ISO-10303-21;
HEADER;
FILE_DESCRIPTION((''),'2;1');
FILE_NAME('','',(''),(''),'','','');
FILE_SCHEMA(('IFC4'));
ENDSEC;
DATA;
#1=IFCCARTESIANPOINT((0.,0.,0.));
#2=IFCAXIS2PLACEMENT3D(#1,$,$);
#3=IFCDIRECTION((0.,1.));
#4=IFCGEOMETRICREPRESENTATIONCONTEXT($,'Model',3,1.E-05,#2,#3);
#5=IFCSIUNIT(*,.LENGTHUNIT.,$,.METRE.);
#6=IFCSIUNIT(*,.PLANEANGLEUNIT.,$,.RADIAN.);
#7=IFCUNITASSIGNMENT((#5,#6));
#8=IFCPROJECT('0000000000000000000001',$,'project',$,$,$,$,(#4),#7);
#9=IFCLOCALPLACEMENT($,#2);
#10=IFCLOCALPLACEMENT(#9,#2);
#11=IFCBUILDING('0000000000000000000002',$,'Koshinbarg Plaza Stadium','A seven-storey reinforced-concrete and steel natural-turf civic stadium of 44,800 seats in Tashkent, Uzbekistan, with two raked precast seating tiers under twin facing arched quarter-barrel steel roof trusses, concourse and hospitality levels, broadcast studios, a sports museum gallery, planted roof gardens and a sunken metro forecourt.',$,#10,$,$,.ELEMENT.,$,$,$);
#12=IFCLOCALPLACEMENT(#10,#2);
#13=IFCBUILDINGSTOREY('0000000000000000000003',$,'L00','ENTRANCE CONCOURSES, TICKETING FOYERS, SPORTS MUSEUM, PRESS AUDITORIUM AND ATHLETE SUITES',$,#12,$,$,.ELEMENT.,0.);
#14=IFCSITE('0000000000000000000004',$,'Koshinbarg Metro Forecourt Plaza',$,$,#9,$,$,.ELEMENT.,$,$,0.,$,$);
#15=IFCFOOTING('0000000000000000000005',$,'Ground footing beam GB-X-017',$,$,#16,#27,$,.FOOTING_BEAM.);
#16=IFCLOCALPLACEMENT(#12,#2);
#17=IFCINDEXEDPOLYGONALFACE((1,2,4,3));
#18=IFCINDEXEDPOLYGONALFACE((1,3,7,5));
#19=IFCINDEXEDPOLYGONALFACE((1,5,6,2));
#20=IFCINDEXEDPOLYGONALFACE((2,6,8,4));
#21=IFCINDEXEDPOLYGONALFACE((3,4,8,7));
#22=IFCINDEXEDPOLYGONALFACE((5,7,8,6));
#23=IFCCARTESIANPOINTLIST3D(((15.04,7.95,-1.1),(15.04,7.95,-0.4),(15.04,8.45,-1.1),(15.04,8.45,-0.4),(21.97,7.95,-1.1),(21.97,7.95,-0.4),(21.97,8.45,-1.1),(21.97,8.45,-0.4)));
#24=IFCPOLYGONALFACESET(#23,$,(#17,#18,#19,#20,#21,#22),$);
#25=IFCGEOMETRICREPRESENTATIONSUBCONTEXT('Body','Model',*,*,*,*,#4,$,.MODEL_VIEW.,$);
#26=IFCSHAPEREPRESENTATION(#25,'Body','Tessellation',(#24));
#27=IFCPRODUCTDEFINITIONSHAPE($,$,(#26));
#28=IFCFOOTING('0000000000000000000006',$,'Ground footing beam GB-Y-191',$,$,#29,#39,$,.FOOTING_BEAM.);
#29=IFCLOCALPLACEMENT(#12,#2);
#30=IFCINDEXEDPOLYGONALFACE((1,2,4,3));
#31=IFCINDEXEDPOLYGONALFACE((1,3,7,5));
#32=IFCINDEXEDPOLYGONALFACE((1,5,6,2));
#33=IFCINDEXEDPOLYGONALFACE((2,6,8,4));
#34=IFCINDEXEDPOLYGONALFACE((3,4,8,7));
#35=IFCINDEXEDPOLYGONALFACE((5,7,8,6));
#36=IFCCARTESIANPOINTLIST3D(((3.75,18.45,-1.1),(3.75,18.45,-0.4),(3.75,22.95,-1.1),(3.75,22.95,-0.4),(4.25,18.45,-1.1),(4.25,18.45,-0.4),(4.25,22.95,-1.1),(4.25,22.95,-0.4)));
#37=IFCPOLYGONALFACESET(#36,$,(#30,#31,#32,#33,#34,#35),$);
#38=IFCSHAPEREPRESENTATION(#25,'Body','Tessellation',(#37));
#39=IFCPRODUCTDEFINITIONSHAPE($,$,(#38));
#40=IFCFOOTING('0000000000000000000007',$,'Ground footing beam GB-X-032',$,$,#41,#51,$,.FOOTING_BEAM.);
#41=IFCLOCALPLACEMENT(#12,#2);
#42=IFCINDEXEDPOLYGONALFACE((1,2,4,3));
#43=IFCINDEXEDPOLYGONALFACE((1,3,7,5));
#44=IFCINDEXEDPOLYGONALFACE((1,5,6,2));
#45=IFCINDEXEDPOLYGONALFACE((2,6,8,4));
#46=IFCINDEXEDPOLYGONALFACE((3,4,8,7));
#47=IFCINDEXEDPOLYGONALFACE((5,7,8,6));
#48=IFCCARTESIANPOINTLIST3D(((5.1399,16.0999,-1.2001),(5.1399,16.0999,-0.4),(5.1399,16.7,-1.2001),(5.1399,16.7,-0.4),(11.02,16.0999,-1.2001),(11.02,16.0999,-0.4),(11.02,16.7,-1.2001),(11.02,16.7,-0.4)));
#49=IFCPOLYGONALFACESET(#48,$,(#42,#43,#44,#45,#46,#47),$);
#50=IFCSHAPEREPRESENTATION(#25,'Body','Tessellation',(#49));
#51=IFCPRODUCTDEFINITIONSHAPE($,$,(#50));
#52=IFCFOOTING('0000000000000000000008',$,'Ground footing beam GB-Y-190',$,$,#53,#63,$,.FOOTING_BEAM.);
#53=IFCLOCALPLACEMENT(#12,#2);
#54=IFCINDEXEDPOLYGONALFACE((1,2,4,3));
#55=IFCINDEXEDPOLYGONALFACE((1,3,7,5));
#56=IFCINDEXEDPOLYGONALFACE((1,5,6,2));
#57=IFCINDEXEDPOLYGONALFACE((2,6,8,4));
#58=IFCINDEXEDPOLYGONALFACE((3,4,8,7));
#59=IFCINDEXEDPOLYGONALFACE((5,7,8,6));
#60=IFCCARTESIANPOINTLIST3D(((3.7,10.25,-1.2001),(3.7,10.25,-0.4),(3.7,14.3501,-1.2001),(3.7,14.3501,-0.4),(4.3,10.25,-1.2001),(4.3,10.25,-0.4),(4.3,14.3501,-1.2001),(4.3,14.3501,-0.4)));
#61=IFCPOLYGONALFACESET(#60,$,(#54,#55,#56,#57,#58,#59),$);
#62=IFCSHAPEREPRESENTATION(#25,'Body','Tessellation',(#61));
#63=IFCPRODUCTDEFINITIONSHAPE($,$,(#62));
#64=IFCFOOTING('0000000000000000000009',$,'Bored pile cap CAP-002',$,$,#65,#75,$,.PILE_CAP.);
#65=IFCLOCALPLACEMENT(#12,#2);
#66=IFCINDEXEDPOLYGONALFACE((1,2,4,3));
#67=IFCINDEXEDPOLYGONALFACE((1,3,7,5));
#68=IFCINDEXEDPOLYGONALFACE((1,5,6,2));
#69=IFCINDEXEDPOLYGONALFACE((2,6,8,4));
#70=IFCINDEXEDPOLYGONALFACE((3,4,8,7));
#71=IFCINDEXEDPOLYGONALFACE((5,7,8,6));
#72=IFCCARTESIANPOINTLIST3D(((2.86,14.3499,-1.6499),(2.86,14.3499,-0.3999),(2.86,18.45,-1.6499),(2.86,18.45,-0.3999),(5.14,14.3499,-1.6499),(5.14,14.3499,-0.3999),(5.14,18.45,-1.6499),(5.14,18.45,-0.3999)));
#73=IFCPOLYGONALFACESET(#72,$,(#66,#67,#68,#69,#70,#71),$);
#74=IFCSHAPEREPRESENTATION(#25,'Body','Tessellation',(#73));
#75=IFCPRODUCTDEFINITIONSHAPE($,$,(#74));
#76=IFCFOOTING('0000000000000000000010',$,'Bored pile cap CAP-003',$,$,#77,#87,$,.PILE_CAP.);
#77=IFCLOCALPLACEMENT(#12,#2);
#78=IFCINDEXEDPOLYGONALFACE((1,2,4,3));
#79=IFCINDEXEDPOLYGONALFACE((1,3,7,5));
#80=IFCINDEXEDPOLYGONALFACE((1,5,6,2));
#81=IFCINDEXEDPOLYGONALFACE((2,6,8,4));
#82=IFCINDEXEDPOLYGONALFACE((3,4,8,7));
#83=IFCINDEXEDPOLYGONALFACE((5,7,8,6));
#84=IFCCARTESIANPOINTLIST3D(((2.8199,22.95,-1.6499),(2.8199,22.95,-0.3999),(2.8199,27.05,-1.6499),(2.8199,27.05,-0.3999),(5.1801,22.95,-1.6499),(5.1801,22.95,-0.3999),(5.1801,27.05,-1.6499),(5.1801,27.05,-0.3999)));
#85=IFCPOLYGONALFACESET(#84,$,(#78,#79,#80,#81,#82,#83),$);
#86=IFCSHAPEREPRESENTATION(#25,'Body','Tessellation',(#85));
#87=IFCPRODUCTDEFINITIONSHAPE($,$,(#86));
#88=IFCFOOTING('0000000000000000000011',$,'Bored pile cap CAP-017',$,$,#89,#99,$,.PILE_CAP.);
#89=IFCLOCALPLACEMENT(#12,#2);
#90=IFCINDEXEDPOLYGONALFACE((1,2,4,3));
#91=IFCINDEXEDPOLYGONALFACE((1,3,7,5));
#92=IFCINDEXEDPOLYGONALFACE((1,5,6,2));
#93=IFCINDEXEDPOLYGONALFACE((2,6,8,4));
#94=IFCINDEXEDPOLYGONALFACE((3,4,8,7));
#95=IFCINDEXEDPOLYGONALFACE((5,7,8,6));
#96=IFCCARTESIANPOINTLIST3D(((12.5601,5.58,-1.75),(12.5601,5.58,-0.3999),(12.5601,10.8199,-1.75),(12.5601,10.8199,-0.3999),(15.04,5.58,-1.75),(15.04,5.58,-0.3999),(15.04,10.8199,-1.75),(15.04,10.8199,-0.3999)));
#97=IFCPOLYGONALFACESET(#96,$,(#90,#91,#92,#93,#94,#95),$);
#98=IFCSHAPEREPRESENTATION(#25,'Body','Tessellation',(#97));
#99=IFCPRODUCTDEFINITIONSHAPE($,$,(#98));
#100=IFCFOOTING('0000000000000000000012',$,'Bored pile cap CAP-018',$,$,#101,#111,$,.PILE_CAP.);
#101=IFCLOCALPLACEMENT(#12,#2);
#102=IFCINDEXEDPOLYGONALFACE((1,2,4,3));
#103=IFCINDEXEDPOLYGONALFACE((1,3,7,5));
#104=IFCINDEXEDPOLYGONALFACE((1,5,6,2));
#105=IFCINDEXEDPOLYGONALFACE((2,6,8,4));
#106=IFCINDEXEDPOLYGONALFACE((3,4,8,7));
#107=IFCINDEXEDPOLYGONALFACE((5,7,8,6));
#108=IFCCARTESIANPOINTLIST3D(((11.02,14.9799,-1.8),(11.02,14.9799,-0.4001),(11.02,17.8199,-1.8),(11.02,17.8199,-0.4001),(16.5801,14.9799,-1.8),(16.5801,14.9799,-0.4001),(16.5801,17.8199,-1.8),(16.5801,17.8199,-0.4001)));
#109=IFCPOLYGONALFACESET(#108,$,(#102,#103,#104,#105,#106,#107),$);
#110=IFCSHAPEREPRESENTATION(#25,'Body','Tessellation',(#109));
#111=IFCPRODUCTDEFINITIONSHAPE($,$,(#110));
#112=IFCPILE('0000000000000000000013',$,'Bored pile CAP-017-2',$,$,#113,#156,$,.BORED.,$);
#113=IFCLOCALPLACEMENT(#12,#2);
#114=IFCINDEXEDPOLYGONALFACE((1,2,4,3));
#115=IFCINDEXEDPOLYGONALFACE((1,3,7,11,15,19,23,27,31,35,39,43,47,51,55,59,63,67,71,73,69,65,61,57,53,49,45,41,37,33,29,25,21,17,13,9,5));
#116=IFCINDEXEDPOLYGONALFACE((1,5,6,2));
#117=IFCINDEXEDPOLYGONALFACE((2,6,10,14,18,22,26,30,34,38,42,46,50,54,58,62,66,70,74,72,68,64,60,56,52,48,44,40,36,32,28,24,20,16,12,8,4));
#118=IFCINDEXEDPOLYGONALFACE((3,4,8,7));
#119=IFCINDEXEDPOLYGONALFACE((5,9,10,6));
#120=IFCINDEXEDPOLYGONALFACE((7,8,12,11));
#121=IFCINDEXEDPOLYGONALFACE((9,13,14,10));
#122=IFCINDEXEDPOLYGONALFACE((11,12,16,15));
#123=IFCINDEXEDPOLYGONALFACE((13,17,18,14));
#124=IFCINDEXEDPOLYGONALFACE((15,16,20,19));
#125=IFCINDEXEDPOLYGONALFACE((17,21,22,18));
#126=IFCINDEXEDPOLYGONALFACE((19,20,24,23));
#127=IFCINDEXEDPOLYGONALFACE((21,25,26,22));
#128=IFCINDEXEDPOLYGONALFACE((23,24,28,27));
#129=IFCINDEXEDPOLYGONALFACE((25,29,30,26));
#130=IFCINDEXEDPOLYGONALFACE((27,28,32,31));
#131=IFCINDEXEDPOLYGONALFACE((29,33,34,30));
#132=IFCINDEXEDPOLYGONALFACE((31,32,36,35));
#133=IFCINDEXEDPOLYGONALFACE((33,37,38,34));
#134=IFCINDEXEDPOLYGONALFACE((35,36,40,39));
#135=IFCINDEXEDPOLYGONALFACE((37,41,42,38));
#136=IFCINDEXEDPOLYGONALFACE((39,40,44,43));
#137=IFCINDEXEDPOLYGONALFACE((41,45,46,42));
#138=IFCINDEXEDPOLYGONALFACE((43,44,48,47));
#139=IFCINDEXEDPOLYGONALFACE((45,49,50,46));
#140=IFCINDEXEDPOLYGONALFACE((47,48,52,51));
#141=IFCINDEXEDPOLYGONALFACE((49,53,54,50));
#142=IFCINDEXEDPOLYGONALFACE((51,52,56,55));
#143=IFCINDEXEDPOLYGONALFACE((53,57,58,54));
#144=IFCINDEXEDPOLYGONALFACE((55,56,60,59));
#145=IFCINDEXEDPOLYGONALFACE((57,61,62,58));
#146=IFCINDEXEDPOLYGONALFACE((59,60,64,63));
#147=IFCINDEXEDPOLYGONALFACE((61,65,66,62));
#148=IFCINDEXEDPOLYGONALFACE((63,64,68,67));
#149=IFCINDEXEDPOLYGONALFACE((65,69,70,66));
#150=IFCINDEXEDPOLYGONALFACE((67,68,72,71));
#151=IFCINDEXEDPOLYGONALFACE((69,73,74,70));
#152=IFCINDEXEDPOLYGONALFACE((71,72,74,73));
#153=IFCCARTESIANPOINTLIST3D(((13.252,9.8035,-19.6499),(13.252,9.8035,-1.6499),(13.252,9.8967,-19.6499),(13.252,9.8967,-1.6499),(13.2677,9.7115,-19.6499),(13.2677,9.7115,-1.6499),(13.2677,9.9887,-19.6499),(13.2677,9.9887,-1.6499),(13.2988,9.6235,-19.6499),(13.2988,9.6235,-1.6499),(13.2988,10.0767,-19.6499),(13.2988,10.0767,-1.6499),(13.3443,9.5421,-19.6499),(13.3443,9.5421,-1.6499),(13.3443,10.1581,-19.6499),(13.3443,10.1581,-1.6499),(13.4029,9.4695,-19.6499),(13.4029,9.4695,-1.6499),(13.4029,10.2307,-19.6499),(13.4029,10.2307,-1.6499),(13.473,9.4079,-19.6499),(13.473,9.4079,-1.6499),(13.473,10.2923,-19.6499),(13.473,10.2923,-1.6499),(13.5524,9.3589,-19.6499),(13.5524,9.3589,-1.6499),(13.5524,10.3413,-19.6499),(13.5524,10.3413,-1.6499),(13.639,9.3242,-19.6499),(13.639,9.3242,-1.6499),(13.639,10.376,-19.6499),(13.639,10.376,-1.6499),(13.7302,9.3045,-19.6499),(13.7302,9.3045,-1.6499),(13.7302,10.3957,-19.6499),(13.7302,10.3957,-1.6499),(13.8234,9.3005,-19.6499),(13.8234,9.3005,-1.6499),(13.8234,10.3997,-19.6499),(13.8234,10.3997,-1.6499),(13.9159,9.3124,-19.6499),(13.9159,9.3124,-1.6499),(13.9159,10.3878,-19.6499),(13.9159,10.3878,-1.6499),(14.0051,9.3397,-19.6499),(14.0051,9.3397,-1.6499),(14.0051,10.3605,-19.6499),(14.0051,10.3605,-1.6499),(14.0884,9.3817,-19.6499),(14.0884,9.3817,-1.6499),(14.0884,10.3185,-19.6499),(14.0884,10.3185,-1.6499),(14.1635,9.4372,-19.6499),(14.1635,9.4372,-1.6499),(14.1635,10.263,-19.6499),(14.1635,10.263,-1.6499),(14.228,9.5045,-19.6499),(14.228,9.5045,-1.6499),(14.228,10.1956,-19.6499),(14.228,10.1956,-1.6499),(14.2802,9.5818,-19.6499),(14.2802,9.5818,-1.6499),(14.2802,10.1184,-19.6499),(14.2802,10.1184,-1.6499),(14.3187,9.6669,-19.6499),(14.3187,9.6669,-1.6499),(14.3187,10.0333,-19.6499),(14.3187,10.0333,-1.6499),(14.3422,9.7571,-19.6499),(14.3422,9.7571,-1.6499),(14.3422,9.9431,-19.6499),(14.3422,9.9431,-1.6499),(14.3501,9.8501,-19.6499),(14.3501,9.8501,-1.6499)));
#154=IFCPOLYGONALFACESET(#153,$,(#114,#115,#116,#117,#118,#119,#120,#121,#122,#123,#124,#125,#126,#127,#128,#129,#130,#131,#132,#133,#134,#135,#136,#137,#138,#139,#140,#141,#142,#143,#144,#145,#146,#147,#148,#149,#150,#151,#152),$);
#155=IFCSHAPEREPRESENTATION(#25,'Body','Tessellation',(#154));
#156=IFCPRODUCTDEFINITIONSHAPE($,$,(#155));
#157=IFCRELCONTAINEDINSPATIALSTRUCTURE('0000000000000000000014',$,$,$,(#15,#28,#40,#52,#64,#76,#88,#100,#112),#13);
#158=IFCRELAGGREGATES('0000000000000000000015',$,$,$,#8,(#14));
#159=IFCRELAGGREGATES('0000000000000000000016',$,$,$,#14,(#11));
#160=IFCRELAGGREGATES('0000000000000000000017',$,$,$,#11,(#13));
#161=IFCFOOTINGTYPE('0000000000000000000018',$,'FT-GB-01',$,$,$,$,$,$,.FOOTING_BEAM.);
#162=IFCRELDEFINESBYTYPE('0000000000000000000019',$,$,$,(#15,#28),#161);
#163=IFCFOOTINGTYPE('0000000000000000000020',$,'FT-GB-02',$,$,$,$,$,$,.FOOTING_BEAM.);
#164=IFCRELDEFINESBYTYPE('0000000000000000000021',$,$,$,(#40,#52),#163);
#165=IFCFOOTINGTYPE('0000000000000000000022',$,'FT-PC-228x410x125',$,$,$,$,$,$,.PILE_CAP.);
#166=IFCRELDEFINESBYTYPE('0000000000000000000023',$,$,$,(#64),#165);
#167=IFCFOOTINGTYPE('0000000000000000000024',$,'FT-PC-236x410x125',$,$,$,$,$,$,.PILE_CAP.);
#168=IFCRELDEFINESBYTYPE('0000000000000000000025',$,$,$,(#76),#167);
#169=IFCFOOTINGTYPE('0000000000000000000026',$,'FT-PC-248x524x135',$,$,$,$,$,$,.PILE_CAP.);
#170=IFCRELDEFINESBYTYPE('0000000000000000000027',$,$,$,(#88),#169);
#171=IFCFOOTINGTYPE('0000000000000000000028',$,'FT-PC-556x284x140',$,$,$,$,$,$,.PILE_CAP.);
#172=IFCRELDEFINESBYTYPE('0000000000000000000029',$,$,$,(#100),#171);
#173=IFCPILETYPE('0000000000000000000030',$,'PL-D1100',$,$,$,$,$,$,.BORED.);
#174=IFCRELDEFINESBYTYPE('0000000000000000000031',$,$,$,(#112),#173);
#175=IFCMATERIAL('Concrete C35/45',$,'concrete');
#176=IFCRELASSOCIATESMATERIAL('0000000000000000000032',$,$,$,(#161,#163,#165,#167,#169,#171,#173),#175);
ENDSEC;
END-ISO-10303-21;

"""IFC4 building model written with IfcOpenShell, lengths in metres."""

from ifc_helpers import new_model, si_unit, direction, frame, origin, origin_2d, place, context, subcontext, project, spatial, rectangle, circle, extrude, material, material_profile, profile_set, type_object, element, save


model = new_model("IFC4")

# Units and contexts
model_context = context("Model", 3, precision=1e-05, world=origin(), true_north=direction((0.0, 1.0)))
body_context = subcontext(model_context, "Body", "Model", "MODEL_VIEW")
ifc_project = project(units=[si_unit("LENGTHUNIT", "METRE"), si_unit("PLANEANGLEUNIT", "RADIAN")], contexts=[model_context])

# Site, building, storey
site_placement = place(None, origin())
site = spatial("IfcSite", under=ifc_project, at=site_placement, Name="Koshinbarg Metro Forecourt Plaza", CompositionType="ELEMENT", RefElevation=0.0)
building_placement = place(site_placement, origin())
building = spatial("IfcBuilding", under=site, at=building_placement, Name="Koshinbarg Plaza Stadium", Description="A seven-storey reinforced-concrete and steel natural-turf civic stadium of 44,800 seats in Tashkent, Uzbekistan, with two raked precast seating tiers under twin facing arched quarter-barrel steel roof trusses, concourse and hospitality levels, broadcast studios, a sports museum gallery, planted roof gardens and a sunken metro forecourt.", CompositionType="ELEMENT")
storey_placement = place(building_placement, origin())
storey = spatial("IfcBuildingStorey", under=building, at=storey_placement, Name="L00", Description="ENTRANCE CONCOURSES, TICKETING FOYERS, SPORTS MUSEUM, PRESS AUDITORIUM AND ATHLETE SUITES", CompositionType="ELEMENT", Elevation=0.0)

# Footings
ifc_material_1 = material(Name="Concrete C35/45", Category="concrete")
ifc_material_profile_1 = material_profile(ifc_material_1, rectangle(XDim=0.5, YDim=0.7, at=origin_2d()), Name="GB 500x700")
ifc_profile_set_1 = profile_set([ifc_material_profile_1], Name="Concrete C35/45")
footing_type_1 = type_object("IfcFootingType", Name="FT-GB-01", PredefinedType="FOOTING_BEAM", material=ifc_profile_set_1)
footing_1_placement = place(storey_placement, frame((15.04, 8.2, -0.75), z_axis=(1.0, 0.0, 0.0), x_axis=(0.0, 1.0, 0.0)))
element("IfcFooting", 1, at=footing_1_placement, inside=storey, type_object=footing_type_1, Name="Ground footing beam GB-X-017", PredefinedType="FOOTING_BEAM", context=body_context, shape_type="SweptSolid", body=[
    extrude(rectangle(XDim=0.5, YDim=0.7, at=origin_2d()), origin(), (0.0, 0.0, 1.0), 6.9299),
])
footing_2_placement = place(storey_placement, frame((4.0, 18.45, -0.75), z_axis=(0.0, 1.0, 0.0), x_axis=(-1.0, 0.0, 0.0)))
element("IfcFooting", 2, at=footing_2_placement, inside=storey, type_object=footing_type_1, Name="Ground footing beam GB-Y-191", PredefinedType="FOOTING_BEAM", context=body_context, shape_type="SweptSolid", body=[
    extrude(rectangle(XDim=0.5, YDim=0.7, at=origin_2d()), origin(), (0.0, 0.0, 1.0), 4.5),
])
ifc_material_profile_2 = material_profile(ifc_material_1, rectangle(XDim=0.6001, YDim=0.8, at=origin_2d()), Name="GB 600x800")
ifc_profile_set_2 = profile_set([ifc_material_profile_2], Name="Concrete C35/45")
footing_type_2 = type_object("IfcFootingType", Name="FT-GB-02", PredefinedType="FOOTING_BEAM", material=ifc_profile_set_2)
footing_3_placement = place(storey_placement, frame((5.1399, 16.3999, -0.8), z_axis=(1.0, 0.0, 0.0), x_axis=(0.0, 1.0, 0.0)))
element("IfcFooting", 3, at=footing_3_placement, inside=storey, type_object=footing_type_2, Name="Ground footing beam GB-X-032", PredefinedType="FOOTING_BEAM", context=body_context, shape_type="SweptSolid", body=[
    extrude(rectangle(XDim=0.6001, YDim=0.8, at=origin_2d()), origin(), (0.0, 0.0, 1.0), 5.8801),
])
footing_4_placement = place(storey_placement, frame((4.0, 10.25, -0.8), z_axis=(0.0, 1.0, 0.0), x_axis=(-1.0, 0.0, 0.0)))
element("IfcFooting", 4, at=footing_4_placement, inside=storey, type_object=footing_type_2, Name="Ground footing beam GB-Y-190", PredefinedType="FOOTING_BEAM", context=body_context, shape_type="SweptSolid", body=[
    extrude(rectangle(XDim=0.6001, YDim=0.8, at=origin_2d()), origin(), (0.0, 0.0, 1.0), 4.1001),
])
footing_type_3 = type_object("IfcFootingType", Name="FT-PC-228x410x125", PredefinedType="PILE_CAP", material=ifc_material_1)
footing_5_placement = place(storey_placement, frame((4.0, 16.3999, -1.6499), z_axis=(0.0, 0.0, 1.0), x_axis=(1.0, 0.0, 0.0)))
element("IfcFooting", 5, at=footing_5_placement, inside=storey, type_object=footing_type_3, Name="Bored pile cap CAP-002", PredefinedType="PILE_CAP", context=body_context, shape_type="SweptSolid", body=[
    extrude(rectangle(XDim=2.28, YDim=4.1001, at=origin_2d()), origin(), (0.0, 0.0, 1.0), 1.25),
])
footing_type_4 = type_object("IfcFootingType", Name="FT-PC-236x410x125", PredefinedType="PILE_CAP", material=ifc_material_1)
footing_6_placement = place(storey_placement, frame((4.0, 25.0, -1.6499), z_axis=(0.0, 0.0, 1.0), x_axis=(1.0, 0.0, 0.0)))
element("IfcFooting", 6, at=footing_6_placement, inside=storey, type_object=footing_type_4, Name="Bored pile cap CAP-003", PredefinedType="PILE_CAP", context=body_context, shape_type="SweptSolid", body=[
    extrude(rectangle(XDim=2.3601, YDim=4.1001, at=origin_2d()), origin(), (0.0, 0.0, 1.0), 1.25),
])
footing_type_5 = type_object("IfcFootingType", Name="FT-PC-248x524x135", PredefinedType="PILE_CAP", material=ifc_material_1)
footing_7_placement = place(storey_placement, frame((13.8, 8.2, -1.75), z_axis=(0.0, 0.0, 1.0), x_axis=(1.0, 0.0, 0.0)))
element("IfcFooting", 7, at=footing_7_placement, inside=storey, type_object=footing_type_5, Name="Bored pile cap CAP-017", PredefinedType="PILE_CAP", context=body_context, shape_type="SweptSolid", body=[
    extrude(rectangle(XDim=2.48, YDim=5.24, at=origin_2d()), origin(), (0.0, 0.0, 1.0), 1.3501),
])
footing_type_6 = type_object("IfcFootingType", Name="FT-PC-556x284x140", PredefinedType="PILE_CAP", material=ifc_material_1)
footing_8_placement = place(storey_placement, frame((13.8, 16.3999, -1.8), z_axis=(0.0, 0.0, 1.0), x_axis=(1.0, 0.0, 0.0)))
element("IfcFooting", 8, at=footing_8_placement, inside=storey, type_object=footing_type_6, Name="Bored pile cap CAP-018", PredefinedType="PILE_CAP", context=body_context, shape_type="SweptSolid", body=[
    extrude(rectangle(XDim=5.5601, YDim=2.8401, at=origin_2d()), origin(), (0.0, 0.0, 1.0), 1.3999),
])

# Pile
ifc_material_profile_3 = material_profile(ifc_material_1, circle(Radius=0.55, at=origin_2d()), Name="PILE D1100")
ifc_profile_set_3 = profile_set([ifc_material_profile_3], Name="Concrete C35/45")
pile_type_1 = type_object("IfcPileType", Name="PL-D1100", PredefinedType="BORED", material=ifc_profile_set_3)
pile_1_placement = place(storey_placement, frame((13.8, 9.8501, -1.6499), z_axis=(0.0, 0.0, -1.0), x_axis=(1.0, 0.0, 0.0)))
element("IfcPile", 9, at=pile_1_placement, inside=storey, type_object=pile_type_1, Name="Bored pile CAP-017-2", PredefinedType="BORED", context=body_context, shape_type="SweptSolid", body=[
    extrude(circle(Radius=0.55, at=origin_2d()), origin(), (0.0, 0.0, 1.0), 18.0),
])

save(model, "model.ifc")
